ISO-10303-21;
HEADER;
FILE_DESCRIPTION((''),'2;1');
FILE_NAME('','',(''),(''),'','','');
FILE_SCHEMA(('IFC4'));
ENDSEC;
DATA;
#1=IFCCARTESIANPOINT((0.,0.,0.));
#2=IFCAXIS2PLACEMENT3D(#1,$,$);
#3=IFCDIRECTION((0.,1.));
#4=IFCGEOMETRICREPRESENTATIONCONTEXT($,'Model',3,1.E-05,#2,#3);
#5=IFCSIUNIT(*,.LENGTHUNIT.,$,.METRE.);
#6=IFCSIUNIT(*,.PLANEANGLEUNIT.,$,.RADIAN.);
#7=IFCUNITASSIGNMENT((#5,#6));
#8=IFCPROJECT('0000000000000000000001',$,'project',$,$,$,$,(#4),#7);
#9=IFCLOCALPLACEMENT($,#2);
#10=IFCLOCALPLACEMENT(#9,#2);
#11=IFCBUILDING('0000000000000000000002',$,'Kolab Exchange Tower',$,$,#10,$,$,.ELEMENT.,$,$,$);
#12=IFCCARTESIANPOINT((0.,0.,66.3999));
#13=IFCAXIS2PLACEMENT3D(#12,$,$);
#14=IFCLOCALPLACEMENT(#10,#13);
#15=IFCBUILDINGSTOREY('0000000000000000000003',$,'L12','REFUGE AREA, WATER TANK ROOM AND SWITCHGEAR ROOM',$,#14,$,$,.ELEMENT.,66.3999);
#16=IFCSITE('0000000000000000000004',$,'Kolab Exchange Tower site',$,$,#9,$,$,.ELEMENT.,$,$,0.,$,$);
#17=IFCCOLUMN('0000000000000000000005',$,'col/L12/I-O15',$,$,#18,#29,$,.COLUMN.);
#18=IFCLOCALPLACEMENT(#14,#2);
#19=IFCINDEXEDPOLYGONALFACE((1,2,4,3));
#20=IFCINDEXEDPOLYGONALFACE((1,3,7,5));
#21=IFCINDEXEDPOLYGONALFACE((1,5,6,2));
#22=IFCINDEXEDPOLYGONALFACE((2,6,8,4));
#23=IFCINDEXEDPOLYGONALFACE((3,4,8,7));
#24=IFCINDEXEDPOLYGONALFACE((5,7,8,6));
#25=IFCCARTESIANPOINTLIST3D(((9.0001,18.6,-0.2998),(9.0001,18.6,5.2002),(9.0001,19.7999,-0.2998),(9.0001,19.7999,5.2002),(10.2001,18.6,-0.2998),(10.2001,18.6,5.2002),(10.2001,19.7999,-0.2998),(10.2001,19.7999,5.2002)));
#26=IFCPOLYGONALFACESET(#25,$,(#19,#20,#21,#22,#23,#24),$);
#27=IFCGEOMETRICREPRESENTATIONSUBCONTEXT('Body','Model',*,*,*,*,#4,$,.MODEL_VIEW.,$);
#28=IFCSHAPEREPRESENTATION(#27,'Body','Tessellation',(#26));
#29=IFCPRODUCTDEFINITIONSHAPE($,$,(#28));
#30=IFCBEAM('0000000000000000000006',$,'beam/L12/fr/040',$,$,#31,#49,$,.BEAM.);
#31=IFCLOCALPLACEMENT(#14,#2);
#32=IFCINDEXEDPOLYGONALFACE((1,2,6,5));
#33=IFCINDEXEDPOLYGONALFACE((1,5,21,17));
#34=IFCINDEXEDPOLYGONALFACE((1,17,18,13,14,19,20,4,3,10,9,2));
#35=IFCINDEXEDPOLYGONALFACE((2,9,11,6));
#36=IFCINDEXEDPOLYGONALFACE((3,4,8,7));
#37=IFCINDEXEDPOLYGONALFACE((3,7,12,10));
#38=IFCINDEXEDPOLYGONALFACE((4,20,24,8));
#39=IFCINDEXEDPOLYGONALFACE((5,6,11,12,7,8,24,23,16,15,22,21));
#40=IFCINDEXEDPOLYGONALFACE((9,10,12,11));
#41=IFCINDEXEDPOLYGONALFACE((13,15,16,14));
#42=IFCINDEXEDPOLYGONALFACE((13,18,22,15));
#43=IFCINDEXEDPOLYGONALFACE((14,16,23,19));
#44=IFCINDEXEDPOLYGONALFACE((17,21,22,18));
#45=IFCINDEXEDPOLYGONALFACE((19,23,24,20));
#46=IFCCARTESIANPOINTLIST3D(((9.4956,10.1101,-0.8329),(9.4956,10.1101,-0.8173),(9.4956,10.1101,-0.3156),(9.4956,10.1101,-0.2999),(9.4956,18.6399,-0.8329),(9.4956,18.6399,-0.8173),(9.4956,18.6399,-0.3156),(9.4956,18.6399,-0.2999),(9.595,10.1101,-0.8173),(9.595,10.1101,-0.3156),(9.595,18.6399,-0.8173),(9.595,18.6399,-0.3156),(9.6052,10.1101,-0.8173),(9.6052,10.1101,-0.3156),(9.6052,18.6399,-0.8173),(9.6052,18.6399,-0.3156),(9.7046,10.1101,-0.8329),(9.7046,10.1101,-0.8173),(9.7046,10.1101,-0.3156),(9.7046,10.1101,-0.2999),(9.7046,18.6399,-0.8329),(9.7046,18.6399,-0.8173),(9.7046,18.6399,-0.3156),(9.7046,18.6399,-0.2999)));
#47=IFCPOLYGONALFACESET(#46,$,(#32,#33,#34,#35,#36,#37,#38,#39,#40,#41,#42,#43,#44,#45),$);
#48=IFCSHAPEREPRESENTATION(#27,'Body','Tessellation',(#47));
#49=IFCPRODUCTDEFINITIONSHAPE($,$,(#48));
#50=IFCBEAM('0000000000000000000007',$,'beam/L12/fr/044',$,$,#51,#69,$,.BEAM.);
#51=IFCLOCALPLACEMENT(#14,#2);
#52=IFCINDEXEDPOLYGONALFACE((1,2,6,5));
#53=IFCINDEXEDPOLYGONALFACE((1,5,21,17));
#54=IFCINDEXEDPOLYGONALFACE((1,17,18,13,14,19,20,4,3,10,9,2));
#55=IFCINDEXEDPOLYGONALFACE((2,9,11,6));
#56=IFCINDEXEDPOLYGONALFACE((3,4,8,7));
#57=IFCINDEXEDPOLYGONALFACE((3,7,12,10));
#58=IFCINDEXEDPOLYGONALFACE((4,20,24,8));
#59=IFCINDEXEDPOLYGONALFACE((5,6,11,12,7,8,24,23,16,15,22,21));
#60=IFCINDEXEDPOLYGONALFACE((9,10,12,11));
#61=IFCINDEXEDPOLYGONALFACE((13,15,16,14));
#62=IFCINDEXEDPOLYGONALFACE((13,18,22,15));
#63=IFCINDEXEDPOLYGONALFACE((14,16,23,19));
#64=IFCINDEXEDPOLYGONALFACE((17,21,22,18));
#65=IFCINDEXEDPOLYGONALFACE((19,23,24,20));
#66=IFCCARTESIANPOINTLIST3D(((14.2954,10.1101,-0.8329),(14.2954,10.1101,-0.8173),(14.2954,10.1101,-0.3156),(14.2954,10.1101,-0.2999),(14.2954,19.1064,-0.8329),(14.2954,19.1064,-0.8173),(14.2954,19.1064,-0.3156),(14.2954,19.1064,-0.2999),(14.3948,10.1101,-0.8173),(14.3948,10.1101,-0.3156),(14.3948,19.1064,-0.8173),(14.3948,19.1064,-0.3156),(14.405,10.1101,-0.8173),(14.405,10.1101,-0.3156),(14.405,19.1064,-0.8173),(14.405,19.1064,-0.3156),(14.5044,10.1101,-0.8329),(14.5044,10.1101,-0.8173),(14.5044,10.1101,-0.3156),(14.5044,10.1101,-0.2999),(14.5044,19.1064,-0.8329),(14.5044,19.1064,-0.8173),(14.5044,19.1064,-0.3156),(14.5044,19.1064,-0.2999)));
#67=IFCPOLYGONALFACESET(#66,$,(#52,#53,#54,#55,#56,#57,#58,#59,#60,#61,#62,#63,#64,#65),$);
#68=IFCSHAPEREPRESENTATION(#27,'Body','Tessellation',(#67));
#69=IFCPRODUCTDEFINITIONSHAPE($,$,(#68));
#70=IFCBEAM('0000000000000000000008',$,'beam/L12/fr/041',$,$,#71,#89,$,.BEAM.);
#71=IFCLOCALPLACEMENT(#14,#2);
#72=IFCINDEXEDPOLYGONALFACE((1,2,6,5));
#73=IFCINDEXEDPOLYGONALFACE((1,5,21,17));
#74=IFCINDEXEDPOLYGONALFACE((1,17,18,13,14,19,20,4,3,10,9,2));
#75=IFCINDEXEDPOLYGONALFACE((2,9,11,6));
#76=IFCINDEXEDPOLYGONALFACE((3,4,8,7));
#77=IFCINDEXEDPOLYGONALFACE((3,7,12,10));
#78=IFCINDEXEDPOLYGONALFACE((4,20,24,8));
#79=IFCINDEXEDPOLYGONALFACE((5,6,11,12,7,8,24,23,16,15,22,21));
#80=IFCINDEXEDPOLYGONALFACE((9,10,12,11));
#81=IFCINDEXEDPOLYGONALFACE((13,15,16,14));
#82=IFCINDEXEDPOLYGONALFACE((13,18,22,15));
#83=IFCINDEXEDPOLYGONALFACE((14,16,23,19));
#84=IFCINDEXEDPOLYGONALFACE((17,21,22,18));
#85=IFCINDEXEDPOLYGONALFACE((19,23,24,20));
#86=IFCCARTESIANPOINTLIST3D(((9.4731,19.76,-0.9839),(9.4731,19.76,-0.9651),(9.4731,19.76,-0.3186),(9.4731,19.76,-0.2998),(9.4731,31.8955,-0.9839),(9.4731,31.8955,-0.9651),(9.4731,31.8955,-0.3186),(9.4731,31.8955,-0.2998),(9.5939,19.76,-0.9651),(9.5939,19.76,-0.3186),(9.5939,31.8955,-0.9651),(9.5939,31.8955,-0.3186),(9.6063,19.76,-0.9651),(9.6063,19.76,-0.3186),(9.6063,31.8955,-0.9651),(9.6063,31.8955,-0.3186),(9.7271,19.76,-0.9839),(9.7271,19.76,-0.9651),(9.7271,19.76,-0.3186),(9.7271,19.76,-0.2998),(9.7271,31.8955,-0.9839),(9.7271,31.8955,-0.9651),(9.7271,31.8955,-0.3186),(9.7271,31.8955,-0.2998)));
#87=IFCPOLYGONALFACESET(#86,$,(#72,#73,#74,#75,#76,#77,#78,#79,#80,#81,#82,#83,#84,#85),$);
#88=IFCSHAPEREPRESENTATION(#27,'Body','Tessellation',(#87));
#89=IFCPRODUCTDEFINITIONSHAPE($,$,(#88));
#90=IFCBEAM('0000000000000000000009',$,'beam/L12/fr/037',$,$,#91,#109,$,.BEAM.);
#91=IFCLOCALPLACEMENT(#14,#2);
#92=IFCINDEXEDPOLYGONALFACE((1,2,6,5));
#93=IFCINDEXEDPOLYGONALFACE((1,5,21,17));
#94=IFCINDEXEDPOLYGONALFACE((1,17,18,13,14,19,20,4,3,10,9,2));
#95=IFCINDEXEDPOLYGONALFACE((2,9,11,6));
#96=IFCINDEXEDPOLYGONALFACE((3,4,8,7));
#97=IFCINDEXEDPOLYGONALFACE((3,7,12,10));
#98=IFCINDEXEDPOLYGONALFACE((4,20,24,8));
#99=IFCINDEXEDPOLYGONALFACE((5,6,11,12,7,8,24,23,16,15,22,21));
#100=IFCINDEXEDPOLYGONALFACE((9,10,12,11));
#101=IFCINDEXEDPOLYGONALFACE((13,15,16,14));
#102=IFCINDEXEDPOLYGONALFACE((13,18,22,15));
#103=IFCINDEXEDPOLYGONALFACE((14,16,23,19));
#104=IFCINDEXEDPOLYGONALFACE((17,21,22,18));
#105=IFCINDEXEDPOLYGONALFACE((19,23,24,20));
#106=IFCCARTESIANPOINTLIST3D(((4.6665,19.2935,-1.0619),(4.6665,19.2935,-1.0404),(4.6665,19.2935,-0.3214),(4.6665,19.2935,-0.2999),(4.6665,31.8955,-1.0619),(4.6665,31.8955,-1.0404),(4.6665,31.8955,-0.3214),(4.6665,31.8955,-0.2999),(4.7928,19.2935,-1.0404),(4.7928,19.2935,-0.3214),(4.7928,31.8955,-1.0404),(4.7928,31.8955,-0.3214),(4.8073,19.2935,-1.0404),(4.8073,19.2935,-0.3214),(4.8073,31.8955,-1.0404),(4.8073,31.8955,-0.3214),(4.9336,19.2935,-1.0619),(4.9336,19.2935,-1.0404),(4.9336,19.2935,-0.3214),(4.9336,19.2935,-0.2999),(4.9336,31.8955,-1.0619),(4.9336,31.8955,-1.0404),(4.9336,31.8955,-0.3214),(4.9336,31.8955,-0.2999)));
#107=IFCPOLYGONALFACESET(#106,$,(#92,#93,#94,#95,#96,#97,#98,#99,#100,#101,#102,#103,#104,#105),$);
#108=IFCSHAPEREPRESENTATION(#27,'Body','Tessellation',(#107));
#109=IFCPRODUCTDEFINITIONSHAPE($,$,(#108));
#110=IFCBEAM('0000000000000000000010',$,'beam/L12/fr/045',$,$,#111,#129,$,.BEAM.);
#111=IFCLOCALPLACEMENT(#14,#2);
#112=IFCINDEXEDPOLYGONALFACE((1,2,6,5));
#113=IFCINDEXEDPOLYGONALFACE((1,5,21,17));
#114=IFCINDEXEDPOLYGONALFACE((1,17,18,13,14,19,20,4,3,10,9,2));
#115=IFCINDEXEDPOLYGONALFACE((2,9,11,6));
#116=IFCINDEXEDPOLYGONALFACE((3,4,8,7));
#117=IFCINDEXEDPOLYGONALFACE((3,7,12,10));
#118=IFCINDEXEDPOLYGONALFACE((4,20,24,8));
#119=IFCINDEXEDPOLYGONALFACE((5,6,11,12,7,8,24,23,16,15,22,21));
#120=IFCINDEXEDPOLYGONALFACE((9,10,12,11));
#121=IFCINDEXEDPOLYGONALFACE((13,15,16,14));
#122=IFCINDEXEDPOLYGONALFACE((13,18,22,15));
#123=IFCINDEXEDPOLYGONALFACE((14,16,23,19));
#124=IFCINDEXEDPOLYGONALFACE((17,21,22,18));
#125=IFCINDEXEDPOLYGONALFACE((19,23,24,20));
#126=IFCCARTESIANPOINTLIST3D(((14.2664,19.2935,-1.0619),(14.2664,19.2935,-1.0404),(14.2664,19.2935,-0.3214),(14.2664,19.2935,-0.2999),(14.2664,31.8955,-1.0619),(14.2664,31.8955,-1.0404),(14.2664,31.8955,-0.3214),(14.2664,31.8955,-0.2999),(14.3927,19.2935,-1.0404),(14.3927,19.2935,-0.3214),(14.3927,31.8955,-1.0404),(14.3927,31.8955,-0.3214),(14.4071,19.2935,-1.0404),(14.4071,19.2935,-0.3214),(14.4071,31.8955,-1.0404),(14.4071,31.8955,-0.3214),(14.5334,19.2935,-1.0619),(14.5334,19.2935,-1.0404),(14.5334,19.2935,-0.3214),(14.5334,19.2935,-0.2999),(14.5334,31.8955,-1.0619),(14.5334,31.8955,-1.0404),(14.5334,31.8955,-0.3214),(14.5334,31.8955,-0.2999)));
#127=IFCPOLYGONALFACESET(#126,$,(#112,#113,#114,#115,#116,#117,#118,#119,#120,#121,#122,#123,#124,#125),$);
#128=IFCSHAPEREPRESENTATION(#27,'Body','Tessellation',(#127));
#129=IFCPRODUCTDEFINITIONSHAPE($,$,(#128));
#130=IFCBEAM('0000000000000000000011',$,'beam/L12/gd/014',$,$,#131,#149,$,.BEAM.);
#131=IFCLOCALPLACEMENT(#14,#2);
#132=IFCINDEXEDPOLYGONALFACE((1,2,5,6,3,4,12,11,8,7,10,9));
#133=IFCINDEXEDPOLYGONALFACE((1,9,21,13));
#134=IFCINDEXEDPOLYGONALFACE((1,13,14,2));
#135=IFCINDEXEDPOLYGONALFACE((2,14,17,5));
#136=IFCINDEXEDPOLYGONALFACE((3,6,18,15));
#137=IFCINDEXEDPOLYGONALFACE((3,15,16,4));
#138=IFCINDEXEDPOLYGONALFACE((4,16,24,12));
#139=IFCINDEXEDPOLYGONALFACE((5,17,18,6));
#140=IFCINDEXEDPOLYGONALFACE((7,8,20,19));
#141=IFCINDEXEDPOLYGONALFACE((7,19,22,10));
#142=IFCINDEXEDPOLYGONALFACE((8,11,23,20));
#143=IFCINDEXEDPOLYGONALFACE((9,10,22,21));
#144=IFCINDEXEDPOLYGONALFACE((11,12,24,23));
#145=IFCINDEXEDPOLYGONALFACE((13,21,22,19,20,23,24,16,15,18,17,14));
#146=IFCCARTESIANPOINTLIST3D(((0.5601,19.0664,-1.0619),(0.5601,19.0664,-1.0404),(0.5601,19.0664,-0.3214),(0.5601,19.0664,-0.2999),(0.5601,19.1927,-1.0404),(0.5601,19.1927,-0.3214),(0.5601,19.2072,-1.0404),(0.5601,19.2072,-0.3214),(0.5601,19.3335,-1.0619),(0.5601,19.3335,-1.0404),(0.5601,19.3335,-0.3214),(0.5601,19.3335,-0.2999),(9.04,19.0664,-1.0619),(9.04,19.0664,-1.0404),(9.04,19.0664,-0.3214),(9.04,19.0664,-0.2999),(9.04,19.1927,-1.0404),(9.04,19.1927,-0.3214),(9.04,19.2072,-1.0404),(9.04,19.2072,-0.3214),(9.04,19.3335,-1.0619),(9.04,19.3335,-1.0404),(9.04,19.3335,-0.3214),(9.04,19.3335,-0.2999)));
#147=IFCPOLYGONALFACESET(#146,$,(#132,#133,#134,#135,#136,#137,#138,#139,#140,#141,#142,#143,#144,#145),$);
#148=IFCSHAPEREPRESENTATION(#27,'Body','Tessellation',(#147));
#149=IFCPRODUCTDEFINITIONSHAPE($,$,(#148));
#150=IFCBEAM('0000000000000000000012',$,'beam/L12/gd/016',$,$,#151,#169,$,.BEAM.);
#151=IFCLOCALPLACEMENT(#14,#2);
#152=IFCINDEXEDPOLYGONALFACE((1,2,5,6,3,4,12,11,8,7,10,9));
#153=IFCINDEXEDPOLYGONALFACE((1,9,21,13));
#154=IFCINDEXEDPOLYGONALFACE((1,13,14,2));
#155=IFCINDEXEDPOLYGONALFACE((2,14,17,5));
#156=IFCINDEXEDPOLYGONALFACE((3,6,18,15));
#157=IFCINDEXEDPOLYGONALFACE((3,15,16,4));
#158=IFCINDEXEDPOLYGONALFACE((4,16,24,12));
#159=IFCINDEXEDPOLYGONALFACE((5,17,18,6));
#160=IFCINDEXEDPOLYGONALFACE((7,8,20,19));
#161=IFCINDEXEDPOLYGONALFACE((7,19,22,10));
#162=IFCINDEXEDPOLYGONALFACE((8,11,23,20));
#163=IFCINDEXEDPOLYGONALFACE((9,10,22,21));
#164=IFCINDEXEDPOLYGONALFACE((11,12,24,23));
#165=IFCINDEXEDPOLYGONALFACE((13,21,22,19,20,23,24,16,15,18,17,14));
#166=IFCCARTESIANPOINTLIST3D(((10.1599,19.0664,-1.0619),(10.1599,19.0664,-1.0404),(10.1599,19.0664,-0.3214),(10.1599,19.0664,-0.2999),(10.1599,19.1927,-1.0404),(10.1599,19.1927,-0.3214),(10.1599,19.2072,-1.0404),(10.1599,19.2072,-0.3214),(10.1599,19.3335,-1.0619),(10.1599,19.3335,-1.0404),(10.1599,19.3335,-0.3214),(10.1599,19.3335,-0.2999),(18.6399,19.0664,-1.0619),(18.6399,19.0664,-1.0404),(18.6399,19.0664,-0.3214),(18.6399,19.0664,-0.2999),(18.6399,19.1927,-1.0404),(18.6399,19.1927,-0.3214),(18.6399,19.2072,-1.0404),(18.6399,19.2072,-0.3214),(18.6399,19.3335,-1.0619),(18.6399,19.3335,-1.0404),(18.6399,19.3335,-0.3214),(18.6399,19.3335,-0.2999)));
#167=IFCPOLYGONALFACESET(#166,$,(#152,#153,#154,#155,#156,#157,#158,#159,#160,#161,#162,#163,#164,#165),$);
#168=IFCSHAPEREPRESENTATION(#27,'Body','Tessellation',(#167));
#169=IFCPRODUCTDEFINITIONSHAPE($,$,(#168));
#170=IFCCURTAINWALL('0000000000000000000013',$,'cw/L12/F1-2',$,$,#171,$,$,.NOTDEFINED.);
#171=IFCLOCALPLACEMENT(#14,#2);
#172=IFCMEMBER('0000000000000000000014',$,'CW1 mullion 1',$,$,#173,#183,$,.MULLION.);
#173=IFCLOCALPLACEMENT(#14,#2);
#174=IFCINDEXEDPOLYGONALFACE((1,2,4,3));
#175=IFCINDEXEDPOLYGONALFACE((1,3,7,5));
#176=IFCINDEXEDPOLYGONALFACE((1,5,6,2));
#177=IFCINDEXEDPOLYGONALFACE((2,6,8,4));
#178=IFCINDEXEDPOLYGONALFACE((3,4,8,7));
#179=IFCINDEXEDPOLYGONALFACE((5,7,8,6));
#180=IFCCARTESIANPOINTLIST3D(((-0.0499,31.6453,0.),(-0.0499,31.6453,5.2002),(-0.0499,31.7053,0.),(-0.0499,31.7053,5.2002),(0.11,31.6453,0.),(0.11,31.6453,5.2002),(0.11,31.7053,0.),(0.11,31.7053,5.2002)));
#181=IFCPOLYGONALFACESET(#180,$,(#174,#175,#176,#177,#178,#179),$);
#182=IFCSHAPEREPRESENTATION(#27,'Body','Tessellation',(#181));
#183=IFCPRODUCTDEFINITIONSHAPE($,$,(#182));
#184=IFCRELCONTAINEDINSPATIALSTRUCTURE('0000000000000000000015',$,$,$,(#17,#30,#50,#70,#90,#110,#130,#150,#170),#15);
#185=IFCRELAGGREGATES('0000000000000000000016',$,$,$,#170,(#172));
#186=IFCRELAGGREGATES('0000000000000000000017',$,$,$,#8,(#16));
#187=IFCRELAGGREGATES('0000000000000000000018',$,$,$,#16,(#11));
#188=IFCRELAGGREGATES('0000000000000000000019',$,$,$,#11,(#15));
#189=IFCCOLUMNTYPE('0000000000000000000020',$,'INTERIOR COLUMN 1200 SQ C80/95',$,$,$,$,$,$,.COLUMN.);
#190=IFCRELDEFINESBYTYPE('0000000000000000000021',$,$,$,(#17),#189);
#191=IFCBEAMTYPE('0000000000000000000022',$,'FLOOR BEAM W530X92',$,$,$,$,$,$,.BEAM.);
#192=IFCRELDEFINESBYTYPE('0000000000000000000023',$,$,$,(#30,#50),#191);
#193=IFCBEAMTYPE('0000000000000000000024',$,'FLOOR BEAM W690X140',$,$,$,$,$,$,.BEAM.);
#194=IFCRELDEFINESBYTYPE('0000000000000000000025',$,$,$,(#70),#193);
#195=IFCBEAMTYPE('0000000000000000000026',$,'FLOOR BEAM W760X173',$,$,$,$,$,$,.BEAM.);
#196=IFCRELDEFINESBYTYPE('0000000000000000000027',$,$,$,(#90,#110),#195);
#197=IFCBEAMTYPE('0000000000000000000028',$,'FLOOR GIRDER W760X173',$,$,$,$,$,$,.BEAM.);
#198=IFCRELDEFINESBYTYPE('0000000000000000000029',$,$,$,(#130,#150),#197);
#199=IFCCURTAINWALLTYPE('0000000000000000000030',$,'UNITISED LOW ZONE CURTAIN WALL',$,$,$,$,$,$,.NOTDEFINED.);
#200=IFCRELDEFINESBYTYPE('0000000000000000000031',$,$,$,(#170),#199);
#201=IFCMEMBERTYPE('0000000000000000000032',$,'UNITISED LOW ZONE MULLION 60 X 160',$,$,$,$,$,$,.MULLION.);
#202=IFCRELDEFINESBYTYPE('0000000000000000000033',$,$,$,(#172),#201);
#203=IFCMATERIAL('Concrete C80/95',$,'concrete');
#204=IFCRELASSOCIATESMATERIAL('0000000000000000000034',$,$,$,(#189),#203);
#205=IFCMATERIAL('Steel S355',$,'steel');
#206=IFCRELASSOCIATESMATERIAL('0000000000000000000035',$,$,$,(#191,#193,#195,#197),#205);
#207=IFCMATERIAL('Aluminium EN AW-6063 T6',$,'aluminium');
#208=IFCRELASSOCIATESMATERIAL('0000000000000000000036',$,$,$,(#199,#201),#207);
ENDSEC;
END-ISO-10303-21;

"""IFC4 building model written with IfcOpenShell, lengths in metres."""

from ifc_helpers import new_model, si_unit, direction, frame, origin, origin_2d, place, context, subcontext, project, spatial, rectangle, i_section, extrude, material, material_profile, profile_set, type_object, element, aggregate, save


model = new_model("IFC4")

# Units and contexts
model_context = context("Model", 3, precision=1e-05, world=origin(), true_north=direction((0.0, 1.0)))
body_context = subcontext(model_context, "Body", "Model", "MODEL_VIEW")
ifc_project = project(units=[si_unit("LENGTHUNIT", "METRE"), si_unit("PLANEANGLEUNIT", "RADIAN")], contexts=[model_context])

# Site, building, storey
site_placement = place(None, origin())
site = spatial("IfcSite", under=ifc_project, at=site_placement, Name="Kolab Exchange Tower site", CompositionType="ELEMENT", RefElevation=0.0)
building_placement = place(site_placement, origin())
building = spatial("IfcBuilding", under=site, at=building_placement, Name="Kolab Exchange Tower", CompositionType="ELEMENT")
storey_placement = place(building_placement, frame((0.0, 0.0, 66.3999)))
storey = spatial("IfcBuildingStorey", under=building, at=storey_placement, Name="L12", Description="REFUGE AREA, WATER TANK ROOM AND SWITCHGEAR ROOM", CompositionType="ELEMENT", Elevation=66.3999)

# Column
ifc_material_1 = material(Name="Concrete C80/95", Category="concrete")
ifc_material_profile_1 = material_profile(ifc_material_1, rectangle(XDim=1.2, YDim=1.2, at=origin_2d()), Name="RC1200")
ifc_profile_set_1 = profile_set([ifc_material_profile_1], Name="Concrete C80/95")
column_type = type_object("IfcColumnType", Name="INTERIOR COLUMN 1200 SQ C80/95", PredefinedType="COLUMN", material=ifc_profile_set_1)
column_placement = place(storey_placement, frame((9.6001, 19.2, -0.2998), z_axis=(0.0, 0.0, 1.0), x_axis=(1.0, 0.0, 0.0)))
element("IfcColumn", 1, at=column_placement, inside=storey, type_object=column_type, Name="col/L12/I-O15", PredefinedType="COLUMN", context=body_context, shape_type="SweptSolid", body=[
    extrude(rectangle(XDim=1.2, YDim=1.2, at=origin_2d()), origin(), (0.0, 0.0, 1.0), 5.5),
])

# Beams
ifc_material_2 = material(Name="Steel S355", Category="steel")
ifc_material_profile_2 = material_profile(ifc_material_2, i_section(OverallWidth=0.209, OverallDepth=0.533, WebThickness=0.0103, FlangeThickness=0.0156, at=origin_2d()), Name="W530X92")
ifc_profile_set_2 = profile_set([ifc_material_profile_2], Name="Steel S355")
beam_type_1 = type_object("IfcBeamType", Name="FLOOR BEAM W530X92", PredefinedType="BEAM", material=ifc_profile_set_2)
beam_1_placement = place(storey_placement, frame((9.6001, 10.1101, -0.5664), z_axis=(0.0, 1.0, 0.0), x_axis=(-1.0, 0.0, 0.0)))
element("IfcBeam", 2, at=beam_1_placement, inside=storey, type_object=beam_type_1, Name="beam/L12/fr/040", PredefinedType="BEAM", context=body_context, shape_type="SweptSolid", body=[
    extrude(i_section(OverallWidth=0.209, OverallDepth=0.533, WebThickness=0.0103, FlangeThickness=0.0156, at=origin_2d()), origin(), (0.0, 0.0, 1.0), 8.5298),
])
beam_2_placement = place(storey_placement, frame((14.3999, 10.1101, -0.5664), z_axis=(0.0, 1.0, 0.0), x_axis=(-1.0, 0.0, 0.0)))
element("IfcBeam", 3, at=beam_2_placement, inside=storey, type_object=beam_type_1, Name="beam/L12/fr/044", PredefinedType="BEAM", context=body_context, shape_type="SweptSolid", body=[
    extrude(i_section(OverallWidth=0.209, OverallDepth=0.533, WebThickness=0.0103, FlangeThickness=0.0156, at=origin_2d()), origin(), (0.0, 0.0, 1.0), 8.9963),
])
ifc_material_profile_3 = material_profile(ifc_material_2, i_section(OverallWidth=0.2539, OverallDepth=0.6841, WebThickness=0.0125, FlangeThickness=0.0188, at=origin_2d()), Name="W690X140")
ifc_profile_set_3 = profile_set([ifc_material_profile_3], Name="Steel S355")
beam_type_2 = type_object("IfcBeamType", Name="FLOOR BEAM W690X140", PredefinedType="BEAM", material=ifc_profile_set_3)
beam_3_placement = place(storey_placement, frame((9.6001, 19.76, -0.6418), z_axis=(0.0, 1.0, 0.0), x_axis=(-1.0, 0.0, 0.0)))
element("IfcBeam", 4, at=beam_3_placement, inside=storey, type_object=beam_type_2, Name="beam/L12/fr/041", PredefinedType="BEAM", context=body_context, shape_type="SweptSolid", body=[
    extrude(i_section(OverallWidth=0.2539, OverallDepth=0.6841, WebThickness=0.0125, FlangeThickness=0.0188, at=origin_2d()), origin(), (0.0, 0.0, 1.0), 12.1355),
])
ifc_material_profile_4 = material_profile(ifc_material_2, i_section(OverallWidth=0.2671, OverallDepth=0.762, WebThickness=0.0144, FlangeThickness=0.0215, at=origin_2d()), Name="W760X173")
ifc_profile_set_4 = profile_set([ifc_material_profile_4], Name="Steel S355")
beam_type_3 = type_object("IfcBeamType", Name="FLOOR BEAM W760X173", PredefinedType="BEAM", material=ifc_profile_set_4)
for number, where, z_axis, x_axis, name in (
    (5, (4.8, 19.2935, -0.6809), (0.0, 1.0, 0.0), (-1.0, 0.0, 0.0), "beam/L12/fr/037"),
    (6, (14.3999, 19.2935, -0.6809), (0.0, 1.0, 0.0), (-1.0, 0.0, 0.0), "beam/L12/fr/045"),
):
    element("IfcBeam", number, at=place(storey_placement, frame(where, z_axis=z_axis, x_axis=x_axis)), inside=storey, type_object=beam_type_3, Name=name, PredefinedType="BEAM", context=body_context, shape_type="SweptSolid", body=[
        extrude(i_section(OverallWidth=0.2671, OverallDepth=0.762, WebThickness=0.0144, FlangeThickness=0.0215, at=origin_2d()), origin(), (0.0, 0.0, 1.0), 12.6021),
    ])
ifc_material_profile_5 = material_profile(ifc_material_2, i_section(OverallWidth=0.2671, OverallDepth=0.762, WebThickness=0.0144, FlangeThickness=0.0215, at=origin_2d()), Name="W760X173")
ifc_profile_set_5 = profile_set([ifc_material_profile_5], Name="Steel S355")
beam_type_4 = type_object("IfcBeamType", Name="FLOOR GIRDER W760X173", PredefinedType="BEAM", material=ifc_profile_set_5)
for number, where, z_axis, x_axis, name in (
    (7, (0.5601, 19.2, -0.6809), (1.0, 0.0, 0.0), (0.0, 1.0, 0.0), "beam/L12/gd/014"),
    (8, (10.1599, 19.2, -0.6809), (1.0, 0.0, 0.0), (0.0, 1.0, 0.0), "beam/L12/gd/016"),
):
    element("IfcBeam", number, at=place(storey_placement, frame(where, z_axis=z_axis, x_axis=x_axis)), inside=storey, type_object=beam_type_4, Name=name, PredefinedType="BEAM", context=body_context, shape_type="SweptSolid", body=[
        extrude(i_section(OverallWidth=0.2671, OverallDepth=0.762, WebThickness=0.0144, FlangeThickness=0.0215, at=origin_2d()), origin(), (0.0, 0.0, 1.0), 8.48),
    ])

# Curtain wall, member
ifc_material_3 = material(Name="Aluminium EN AW-6063 T6", Category="aluminium")
curtain_wall_type = type_object("IfcCurtainWallType", Name="UNITISED LOW ZONE CURTAIN WALL", PredefinedType="NOTDEFINED", material=ifc_material_3)
curtain_wall_placement = place(storey_placement, origin())
curtain_wall = element("IfcCurtainWall", 9, at=curtain_wall_placement, inside=storey, type_object=curtain_wall_type, Name="cw/L12/F1-2", PredefinedType="NOTDEFINED")
ifc_material_profile_6 = material_profile(ifc_material_3, rectangle(XDim=0.0601, YDim=0.1599, at=origin_2d()), Name="RECT 60X160")
ifc_profile_set_6 = profile_set([ifc_material_profile_6], Name="Aluminium EN AW-6063 T6")
member_type_1 = type_object("IfcMemberType", Name="UNITISED LOW ZONE MULLION 60 X 160", PredefinedType="MULLION", material=ifc_profile_set_6)
member_1_placement = place(storey_placement, frame((0.03, 31.6753, 0.0), z_axis=(0.0, 0.0, 1.0), x_axis=(0.0, 1.0, 0.0)))
member_1 = element("IfcMember", 10, at=member_1_placement, type_object=member_type_1, Name="CW1 mullion 1", PredefinedType="MULLION", context=body_context, shape_type="SweptSolid", body=[
    extrude(rectangle(XDim=0.0601, YDim=0.1599, at=origin_2d()), origin(), (0.0, 0.0, 1.0), 5.2002),
])
aggregate(curtain_wall, [member_1])

save(model, "model.ifc")
